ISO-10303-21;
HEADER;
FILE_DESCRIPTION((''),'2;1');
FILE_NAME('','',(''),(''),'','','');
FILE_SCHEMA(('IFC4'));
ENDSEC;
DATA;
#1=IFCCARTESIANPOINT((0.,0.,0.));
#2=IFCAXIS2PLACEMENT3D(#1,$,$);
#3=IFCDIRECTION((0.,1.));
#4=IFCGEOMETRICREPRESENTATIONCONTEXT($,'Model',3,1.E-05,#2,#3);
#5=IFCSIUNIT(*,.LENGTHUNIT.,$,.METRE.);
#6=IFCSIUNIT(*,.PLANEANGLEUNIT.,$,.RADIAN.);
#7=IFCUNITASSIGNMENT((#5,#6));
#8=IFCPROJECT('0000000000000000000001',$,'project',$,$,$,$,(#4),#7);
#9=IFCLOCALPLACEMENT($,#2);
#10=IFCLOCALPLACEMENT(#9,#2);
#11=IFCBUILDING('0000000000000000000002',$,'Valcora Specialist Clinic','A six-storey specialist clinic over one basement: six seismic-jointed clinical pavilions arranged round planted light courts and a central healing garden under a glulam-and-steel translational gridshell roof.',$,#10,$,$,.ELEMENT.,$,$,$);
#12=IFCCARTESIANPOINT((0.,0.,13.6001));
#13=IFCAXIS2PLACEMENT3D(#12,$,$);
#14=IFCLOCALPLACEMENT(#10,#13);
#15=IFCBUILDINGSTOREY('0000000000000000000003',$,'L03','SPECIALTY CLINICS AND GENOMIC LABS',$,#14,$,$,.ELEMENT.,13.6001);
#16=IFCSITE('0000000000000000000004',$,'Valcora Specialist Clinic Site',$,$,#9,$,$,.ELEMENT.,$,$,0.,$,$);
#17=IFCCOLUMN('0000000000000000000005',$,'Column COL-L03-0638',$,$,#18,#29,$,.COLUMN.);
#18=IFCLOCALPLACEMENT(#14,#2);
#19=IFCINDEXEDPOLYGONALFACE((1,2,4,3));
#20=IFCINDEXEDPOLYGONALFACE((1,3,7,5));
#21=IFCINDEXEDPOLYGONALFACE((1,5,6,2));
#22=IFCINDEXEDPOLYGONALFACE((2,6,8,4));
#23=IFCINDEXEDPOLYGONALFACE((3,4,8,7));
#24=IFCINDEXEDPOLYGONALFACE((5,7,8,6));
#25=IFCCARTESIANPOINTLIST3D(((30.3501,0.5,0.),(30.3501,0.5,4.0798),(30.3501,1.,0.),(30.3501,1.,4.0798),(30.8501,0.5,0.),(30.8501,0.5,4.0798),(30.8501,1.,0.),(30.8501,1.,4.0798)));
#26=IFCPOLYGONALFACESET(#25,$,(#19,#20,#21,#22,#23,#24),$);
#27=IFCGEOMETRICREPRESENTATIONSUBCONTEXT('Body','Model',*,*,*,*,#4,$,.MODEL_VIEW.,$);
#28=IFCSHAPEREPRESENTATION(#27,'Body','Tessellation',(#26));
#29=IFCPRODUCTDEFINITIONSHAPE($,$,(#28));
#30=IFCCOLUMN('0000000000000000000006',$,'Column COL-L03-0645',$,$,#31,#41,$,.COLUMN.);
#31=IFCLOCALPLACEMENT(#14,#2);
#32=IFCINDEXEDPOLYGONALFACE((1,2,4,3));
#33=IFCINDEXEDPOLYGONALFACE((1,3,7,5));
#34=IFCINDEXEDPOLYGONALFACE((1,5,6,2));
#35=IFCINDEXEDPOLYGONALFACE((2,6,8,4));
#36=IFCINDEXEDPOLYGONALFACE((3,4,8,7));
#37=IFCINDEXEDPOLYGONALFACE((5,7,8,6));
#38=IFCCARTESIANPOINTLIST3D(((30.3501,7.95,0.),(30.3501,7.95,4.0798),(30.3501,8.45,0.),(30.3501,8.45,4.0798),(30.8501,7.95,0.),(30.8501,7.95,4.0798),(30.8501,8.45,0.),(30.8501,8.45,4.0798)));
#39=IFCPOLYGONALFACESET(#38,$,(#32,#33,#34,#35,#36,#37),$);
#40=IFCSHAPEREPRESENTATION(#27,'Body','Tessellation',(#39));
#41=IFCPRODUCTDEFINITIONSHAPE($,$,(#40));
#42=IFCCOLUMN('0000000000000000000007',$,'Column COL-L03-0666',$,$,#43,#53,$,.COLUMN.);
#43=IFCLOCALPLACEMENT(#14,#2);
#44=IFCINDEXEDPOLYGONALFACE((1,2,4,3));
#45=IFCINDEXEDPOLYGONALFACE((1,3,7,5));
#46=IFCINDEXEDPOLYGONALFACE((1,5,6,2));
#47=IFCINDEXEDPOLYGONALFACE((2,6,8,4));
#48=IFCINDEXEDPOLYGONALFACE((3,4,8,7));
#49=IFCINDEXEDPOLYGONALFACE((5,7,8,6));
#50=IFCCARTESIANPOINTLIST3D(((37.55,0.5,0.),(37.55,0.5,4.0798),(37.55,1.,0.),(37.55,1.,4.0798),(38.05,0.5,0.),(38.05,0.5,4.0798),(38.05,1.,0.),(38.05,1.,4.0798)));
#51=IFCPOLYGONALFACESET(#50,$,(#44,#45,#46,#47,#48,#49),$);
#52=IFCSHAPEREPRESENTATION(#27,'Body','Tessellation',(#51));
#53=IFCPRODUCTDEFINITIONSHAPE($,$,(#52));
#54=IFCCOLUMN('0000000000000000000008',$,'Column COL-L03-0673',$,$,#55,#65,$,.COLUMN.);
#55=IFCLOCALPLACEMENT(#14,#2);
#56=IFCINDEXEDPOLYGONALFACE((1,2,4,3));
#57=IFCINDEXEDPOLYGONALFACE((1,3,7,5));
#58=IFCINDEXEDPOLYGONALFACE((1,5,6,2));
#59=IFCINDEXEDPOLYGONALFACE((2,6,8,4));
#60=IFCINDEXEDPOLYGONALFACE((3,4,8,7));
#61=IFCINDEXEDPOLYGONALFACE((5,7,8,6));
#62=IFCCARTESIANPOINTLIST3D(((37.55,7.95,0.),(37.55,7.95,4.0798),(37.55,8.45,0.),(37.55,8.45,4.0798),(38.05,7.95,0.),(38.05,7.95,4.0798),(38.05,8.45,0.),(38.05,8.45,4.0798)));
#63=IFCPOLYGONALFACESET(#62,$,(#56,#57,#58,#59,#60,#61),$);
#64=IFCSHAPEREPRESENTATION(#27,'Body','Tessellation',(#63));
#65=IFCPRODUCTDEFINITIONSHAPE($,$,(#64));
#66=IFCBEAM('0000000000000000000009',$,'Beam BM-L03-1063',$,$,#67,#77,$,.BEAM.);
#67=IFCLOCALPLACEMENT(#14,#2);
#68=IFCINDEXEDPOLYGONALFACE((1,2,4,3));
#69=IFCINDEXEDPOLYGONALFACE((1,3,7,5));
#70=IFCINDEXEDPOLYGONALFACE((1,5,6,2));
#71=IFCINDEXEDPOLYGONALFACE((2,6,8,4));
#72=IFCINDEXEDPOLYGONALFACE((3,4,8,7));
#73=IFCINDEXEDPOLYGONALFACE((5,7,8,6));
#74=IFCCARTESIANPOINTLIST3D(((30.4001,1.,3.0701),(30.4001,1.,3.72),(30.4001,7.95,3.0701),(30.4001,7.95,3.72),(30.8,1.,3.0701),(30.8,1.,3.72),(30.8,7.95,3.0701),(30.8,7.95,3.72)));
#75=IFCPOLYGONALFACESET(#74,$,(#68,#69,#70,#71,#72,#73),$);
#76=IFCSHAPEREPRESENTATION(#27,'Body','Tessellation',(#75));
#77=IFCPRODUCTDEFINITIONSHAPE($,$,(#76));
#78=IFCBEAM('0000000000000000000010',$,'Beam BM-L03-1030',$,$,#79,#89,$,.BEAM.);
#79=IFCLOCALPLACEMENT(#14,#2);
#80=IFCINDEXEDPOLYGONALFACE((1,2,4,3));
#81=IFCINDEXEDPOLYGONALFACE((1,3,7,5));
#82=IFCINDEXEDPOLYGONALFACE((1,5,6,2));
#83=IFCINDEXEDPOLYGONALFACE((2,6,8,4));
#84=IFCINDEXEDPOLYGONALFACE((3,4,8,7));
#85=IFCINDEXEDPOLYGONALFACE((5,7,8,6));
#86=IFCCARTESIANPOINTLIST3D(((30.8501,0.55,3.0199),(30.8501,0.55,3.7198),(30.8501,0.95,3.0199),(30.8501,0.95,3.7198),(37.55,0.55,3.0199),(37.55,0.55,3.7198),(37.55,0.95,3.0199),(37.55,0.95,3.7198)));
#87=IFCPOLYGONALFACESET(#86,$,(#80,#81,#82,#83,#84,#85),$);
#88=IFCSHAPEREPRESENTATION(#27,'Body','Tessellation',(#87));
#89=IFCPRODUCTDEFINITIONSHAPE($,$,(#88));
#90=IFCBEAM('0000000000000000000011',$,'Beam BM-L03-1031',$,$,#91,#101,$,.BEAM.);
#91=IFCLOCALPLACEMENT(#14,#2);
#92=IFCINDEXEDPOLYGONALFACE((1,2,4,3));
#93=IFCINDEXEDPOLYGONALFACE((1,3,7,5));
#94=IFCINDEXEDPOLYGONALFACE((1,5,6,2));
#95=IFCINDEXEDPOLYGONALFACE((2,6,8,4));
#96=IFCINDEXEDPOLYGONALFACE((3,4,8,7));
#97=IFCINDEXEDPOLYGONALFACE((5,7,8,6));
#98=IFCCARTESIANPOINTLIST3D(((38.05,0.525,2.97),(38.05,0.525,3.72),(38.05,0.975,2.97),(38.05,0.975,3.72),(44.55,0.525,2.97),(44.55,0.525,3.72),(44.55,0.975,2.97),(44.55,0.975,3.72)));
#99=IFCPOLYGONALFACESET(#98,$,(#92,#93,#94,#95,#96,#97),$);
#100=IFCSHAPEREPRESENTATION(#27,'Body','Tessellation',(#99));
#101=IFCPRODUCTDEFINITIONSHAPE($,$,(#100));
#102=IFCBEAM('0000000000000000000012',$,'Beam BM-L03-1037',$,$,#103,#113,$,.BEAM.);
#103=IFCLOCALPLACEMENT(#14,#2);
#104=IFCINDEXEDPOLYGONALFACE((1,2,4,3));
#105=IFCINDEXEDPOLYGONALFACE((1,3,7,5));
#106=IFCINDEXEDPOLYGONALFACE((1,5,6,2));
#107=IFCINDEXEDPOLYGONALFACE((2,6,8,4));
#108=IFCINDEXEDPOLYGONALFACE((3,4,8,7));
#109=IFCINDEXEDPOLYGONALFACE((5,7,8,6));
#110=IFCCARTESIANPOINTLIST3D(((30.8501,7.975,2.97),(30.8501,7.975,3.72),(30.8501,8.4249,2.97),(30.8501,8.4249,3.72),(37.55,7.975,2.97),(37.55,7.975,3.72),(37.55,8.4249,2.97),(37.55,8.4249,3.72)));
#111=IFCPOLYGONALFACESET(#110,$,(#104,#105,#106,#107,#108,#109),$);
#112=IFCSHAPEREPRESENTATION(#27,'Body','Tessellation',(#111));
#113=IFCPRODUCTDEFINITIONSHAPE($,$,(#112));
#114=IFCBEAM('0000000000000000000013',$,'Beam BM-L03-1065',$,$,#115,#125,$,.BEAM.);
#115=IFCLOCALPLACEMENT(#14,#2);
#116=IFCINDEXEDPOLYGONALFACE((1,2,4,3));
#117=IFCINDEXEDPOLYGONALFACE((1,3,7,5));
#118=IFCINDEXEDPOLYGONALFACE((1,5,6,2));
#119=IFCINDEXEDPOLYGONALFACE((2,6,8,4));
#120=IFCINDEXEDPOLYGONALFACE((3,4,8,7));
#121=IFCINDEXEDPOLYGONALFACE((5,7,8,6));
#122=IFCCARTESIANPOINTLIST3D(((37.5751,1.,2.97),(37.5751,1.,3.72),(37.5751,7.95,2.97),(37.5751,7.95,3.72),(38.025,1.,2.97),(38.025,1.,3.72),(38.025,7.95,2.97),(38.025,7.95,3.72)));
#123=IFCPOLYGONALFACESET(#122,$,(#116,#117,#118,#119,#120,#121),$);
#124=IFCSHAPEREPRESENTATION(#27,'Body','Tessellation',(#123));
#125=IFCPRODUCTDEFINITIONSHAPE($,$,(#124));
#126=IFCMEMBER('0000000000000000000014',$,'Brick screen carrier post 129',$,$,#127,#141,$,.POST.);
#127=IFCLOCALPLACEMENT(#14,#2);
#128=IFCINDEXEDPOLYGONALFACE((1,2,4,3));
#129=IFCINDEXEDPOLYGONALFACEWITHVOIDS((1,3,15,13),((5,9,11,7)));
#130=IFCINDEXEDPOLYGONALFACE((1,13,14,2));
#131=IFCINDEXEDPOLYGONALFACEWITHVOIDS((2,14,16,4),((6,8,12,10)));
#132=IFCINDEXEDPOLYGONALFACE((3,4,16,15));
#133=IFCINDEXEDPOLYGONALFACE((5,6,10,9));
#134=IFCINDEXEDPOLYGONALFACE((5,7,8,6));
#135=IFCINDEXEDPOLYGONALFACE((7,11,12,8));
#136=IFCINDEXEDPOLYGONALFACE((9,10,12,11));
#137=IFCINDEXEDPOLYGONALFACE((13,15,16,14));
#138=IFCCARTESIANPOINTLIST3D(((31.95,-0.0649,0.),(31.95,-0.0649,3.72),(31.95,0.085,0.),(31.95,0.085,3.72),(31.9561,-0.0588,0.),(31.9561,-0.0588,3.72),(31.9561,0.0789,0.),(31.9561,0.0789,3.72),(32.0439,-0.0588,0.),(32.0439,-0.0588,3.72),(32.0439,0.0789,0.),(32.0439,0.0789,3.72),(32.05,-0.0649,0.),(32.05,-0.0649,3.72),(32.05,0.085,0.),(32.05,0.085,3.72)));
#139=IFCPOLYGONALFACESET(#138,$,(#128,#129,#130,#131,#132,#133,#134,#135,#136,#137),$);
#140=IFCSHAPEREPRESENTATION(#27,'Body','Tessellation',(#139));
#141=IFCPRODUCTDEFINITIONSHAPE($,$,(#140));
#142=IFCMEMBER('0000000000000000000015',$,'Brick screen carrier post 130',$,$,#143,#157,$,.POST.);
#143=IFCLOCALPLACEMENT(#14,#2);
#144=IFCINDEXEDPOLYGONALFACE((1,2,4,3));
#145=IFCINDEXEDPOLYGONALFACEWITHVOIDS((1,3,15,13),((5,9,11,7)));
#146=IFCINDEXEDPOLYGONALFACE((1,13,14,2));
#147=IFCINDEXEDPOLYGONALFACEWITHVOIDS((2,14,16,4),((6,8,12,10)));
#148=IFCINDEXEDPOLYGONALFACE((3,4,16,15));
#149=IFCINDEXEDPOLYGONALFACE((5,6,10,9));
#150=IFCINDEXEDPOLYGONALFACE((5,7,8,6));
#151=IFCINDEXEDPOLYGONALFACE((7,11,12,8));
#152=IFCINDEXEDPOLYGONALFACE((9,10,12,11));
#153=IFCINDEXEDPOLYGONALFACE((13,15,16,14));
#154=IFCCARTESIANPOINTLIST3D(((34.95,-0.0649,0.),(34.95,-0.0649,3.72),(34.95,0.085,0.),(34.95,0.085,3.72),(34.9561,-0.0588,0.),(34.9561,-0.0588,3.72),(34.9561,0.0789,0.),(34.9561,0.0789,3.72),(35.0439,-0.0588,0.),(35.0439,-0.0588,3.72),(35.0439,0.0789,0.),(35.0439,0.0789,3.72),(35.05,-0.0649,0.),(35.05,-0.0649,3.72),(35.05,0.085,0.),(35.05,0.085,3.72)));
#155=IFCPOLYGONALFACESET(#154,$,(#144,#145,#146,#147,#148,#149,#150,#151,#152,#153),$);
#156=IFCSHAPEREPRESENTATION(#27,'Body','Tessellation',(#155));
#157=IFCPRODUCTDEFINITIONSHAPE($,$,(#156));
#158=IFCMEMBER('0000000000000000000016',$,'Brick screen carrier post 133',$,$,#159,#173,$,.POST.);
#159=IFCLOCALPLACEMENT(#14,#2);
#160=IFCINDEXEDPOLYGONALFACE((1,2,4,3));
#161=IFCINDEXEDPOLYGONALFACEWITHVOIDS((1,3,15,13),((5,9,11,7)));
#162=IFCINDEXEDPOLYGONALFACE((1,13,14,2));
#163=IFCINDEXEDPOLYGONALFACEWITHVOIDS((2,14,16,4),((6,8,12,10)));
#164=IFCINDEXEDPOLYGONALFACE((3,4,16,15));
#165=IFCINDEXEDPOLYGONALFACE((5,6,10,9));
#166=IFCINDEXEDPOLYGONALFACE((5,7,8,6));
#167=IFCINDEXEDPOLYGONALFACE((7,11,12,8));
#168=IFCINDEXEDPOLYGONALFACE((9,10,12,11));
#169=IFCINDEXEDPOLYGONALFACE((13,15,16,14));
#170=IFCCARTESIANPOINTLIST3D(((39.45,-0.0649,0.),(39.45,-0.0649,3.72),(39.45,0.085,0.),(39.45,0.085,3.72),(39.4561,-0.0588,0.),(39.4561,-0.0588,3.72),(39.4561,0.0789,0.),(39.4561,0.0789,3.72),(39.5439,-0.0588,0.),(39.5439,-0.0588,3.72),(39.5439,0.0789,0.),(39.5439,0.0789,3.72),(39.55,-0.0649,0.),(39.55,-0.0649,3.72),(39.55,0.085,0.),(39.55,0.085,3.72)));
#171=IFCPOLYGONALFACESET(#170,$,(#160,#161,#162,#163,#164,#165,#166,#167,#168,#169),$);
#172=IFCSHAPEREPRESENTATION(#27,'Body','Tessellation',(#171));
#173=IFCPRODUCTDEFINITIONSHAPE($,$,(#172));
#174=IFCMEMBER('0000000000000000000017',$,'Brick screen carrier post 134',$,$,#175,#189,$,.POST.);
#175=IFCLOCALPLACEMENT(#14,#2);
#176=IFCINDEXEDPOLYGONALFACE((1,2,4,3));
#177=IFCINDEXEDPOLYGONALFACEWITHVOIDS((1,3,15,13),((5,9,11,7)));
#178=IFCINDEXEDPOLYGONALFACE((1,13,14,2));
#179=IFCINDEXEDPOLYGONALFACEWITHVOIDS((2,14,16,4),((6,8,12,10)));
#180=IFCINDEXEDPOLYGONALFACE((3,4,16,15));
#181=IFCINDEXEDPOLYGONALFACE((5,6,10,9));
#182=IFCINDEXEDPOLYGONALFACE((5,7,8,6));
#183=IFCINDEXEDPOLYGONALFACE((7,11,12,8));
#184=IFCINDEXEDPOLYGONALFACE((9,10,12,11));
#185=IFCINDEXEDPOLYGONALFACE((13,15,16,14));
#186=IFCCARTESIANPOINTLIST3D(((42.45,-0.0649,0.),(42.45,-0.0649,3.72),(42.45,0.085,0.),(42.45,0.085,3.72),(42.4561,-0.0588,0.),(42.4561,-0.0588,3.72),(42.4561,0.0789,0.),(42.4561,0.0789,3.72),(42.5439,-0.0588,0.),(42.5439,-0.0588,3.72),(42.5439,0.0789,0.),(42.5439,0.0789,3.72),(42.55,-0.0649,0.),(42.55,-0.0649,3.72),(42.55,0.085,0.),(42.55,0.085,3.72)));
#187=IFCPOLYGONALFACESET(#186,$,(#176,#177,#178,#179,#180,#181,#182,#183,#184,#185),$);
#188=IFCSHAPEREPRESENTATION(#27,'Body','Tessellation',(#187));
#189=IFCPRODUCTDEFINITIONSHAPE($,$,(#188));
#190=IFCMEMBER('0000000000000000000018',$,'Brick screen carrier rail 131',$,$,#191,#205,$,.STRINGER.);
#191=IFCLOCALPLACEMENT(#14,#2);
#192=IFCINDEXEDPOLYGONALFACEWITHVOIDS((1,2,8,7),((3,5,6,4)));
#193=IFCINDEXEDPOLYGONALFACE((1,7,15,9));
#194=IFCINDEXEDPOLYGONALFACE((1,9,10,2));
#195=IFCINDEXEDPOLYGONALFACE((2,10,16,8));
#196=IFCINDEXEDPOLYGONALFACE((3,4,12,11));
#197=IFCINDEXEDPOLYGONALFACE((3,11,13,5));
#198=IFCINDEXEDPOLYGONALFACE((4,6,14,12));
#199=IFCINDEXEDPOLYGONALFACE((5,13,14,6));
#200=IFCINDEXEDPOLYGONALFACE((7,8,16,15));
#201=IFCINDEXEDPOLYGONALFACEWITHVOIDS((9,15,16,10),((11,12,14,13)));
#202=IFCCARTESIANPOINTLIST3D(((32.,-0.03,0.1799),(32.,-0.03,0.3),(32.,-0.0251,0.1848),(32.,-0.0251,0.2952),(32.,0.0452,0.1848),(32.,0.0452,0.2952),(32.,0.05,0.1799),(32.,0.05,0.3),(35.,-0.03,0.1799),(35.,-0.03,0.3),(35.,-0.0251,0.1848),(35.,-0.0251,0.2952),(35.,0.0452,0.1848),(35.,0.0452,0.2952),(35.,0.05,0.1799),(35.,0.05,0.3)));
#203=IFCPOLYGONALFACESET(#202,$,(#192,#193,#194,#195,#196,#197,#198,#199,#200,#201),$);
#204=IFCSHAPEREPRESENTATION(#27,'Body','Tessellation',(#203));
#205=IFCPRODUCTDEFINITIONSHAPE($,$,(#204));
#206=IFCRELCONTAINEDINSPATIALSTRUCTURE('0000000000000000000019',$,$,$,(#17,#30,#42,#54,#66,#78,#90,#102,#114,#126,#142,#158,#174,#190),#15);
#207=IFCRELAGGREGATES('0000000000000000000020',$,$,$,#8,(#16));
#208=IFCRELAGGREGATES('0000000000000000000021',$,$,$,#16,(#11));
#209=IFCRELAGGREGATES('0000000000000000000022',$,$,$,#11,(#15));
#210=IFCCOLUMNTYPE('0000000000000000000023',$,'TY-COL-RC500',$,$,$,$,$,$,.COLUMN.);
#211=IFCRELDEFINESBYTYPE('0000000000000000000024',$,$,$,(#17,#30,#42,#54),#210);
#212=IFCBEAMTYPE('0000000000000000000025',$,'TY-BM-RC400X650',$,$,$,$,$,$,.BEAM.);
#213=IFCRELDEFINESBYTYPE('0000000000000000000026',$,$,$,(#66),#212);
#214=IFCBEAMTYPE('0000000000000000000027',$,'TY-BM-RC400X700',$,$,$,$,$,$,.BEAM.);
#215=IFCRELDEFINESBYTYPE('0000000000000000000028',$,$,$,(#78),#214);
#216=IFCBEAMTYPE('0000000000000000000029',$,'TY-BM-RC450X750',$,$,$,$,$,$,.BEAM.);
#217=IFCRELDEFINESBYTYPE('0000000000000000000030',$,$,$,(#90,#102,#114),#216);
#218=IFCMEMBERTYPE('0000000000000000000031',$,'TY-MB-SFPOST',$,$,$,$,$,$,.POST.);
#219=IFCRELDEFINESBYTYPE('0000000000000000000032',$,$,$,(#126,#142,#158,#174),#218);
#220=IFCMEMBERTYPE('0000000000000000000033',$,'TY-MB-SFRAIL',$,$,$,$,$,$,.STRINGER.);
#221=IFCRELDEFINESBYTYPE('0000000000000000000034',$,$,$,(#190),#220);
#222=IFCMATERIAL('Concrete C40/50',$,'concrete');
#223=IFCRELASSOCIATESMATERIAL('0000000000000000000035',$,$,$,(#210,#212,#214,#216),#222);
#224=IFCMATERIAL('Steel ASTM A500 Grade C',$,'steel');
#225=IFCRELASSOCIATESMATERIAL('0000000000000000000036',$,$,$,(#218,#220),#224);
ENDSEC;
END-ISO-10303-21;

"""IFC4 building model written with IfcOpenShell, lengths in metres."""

from ifc_helpers import new_model, si_unit, direction, frame, origin, origin_2d, place, context, subcontext, project, spatial, rectangle, hollow_rectangle, extrude, material, material_profile, profile_set, type_object, element, save


model = new_model("IFC4")

# Units and contexts
model_context = context("Model", 3, precision=1e-05, world=origin(), true_north=direction((0.0, 1.0)))
body_context = subcontext(model_context, "Body", "Model", "MODEL_VIEW")
ifc_project = project(units=[si_unit("LENGTHUNIT", "METRE"), si_unit("PLANEANGLEUNIT", "RADIAN")], contexts=[model_context])

# Site, building, storey
site_placement = place(None, origin())
site = spatial("IfcSite", under=ifc_project, at=site_placement, Name="Valcora Specialist Clinic Site", CompositionType="ELEMENT", RefElevation=0.0)
building_placement = place(site_placement, origin())
building = spatial("IfcBuilding", under=site, at=building_placement, Name="Valcora Specialist Clinic", Description="A six-storey specialist clinic over one basement: six seismic-jointed clinical pavilions arranged round planted light courts and a central healing garden under a glulam-and-steel translational gridshell roof.", CompositionType="ELEMENT")
storey_placement = place(building_placement, frame((0.0, 0.0, 13.6001)))
storey = spatial("IfcBuildingStorey", under=building, at=storey_placement, Name="L03", Description="SPECIALTY CLINICS AND GENOMIC LABS", CompositionType="ELEMENT", Elevation=13.6001)

# Columns
ifc_material_1 = material(Name="Concrete C40/50", Category="concrete")
ifc_material_profile_1 = material_profile(ifc_material_1, rectangle(XDim=0.5, YDim=0.5, at=origin_2d()), Name="RC-COL-500X500")
ifc_profile_set_1 = profile_set([ifc_material_profile_1], Name="Concrete C40/50")
column_type = type_object("IfcColumnType", Name="TY-COL-RC500", PredefinedType="COLUMN", material=ifc_profile_set_1)
for number, where, z_axis, x_axis, name in (
    (1, (30.6001, 0.75, 0.0), (0.0, 0.0, 1.0), (1.0, 0.0, 0.0), "Column COL-L03-0638"),
    (2, (30.6001, 8.2, 0.0), (0.0, 0.0, 1.0), (1.0, 0.0, 0.0), "Column COL-L03-0645"),
    (3, (37.8, 0.75, 0.0), (0.0, 0.0, 1.0), (1.0, 0.0, 0.0), "Column COL-L03-0666"),
    (4, (37.8, 8.2, 0.0), (0.0, 0.0, 1.0), (1.0, 0.0, 0.0), "Column COL-L03-0673"),
):
    element("IfcColumn", number, at=place(storey_placement, frame(where, z_axis=z_axis, x_axis=x_axis)), inside=storey, type_object=column_type, Name=name, PredefinedType="COLUMN", context=body_context, shape_type="SweptSolid", body=[
        extrude(rectangle(XDim=0.5, YDim=0.5, at=origin_2d()), origin(), (0.0, 0.0, 1.0), 4.0798),
    ])

# Beams
ifc_material_profile_2 = material_profile(ifc_material_1, rectangle(XDim=0.3999, YDim=0.6499, at=origin_2d()), Name="RC-BM-400X650")
ifc_profile_set_2 = profile_set([ifc_material_profile_2], Name="Concrete C40/50")
beam_type_1 = type_object("IfcBeamType", Name="TY-BM-RC400X650", PredefinedType="BEAM", material=ifc_profile_set_2)
beam_1_placement = place(storey_placement, frame((30.6001, 1.0, 3.395), z_axis=(0.0, 1.0, 0.0), x_axis=(-1.0, 0.0, 0.0)))
element("IfcBeam", 5, at=beam_1_placement, inside=storey, type_object=beam_type_1, Name="Beam BM-L03-1063", PredefinedType="BEAM", context=body_context, shape_type="SweptSolid", body=[
    extrude(rectangle(XDim=0.3999, YDim=0.6499, at=origin_2d()), origin(), (0.0, 0.0, 1.0), 6.95),
])
ifc_material_profile_3 = material_profile(ifc_material_1, rectangle(XDim=0.3999, YDim=0.7, at=origin_2d()), Name="RC-BM-400X700")
ifc_profile_set_3 = profile_set([ifc_material_profile_3], Name="Concrete C40/50")
beam_type_2 = type_object("IfcBeamType", Name="TY-BM-RC400X700", PredefinedType="BEAM", material=ifc_profile_set_3)
beam_2_placement = place(storey_placement, frame((30.8501, 0.75, 3.3699), z_axis=(1.0, 0.0, 0.0), x_axis=(0.0, 1.0, 0.0)))
element("IfcBeam", 6, at=beam_2_placement, inside=storey, type_object=beam_type_2, Name="Beam BM-L03-1030", PredefinedType="BEAM", context=body_context, shape_type="SweptSolid", body=[
    extrude(rectangle(XDim=0.3999, YDim=0.7, at=origin_2d()), origin(), (0.0, 0.0, 1.0), 6.7),
])
ifc_material_profile_4 = material_profile(ifc_material_1, rectangle(XDim=0.45, YDim=0.75, at=origin_2d()), Name="RC-BM-450X750")
ifc_profile_set_4 = profile_set([ifc_material_profile_4], Name="Concrete C40/50")
beam_type_3 = type_object("IfcBeamType", Name="TY-BM-RC450X750", PredefinedType="BEAM", material=ifc_profile_set_4)
beam_3_placement = place(storey_placement, frame((38.05, 0.75, 3.345), z_axis=(1.0, 0.0, 0.0), x_axis=(0.0, 1.0, 0.0)))
element("IfcBeam", 7, at=beam_3_placement, inside=storey, type_object=beam_type_3, Name="Beam BM-L03-1031", PredefinedType="BEAM", context=body_context, shape_type="SweptSolid", body=[
    extrude(rectangle(XDim=0.45, YDim=0.75, at=origin_2d()), origin(), (0.0, 0.0, 1.0), 6.5),
])
beam_4_placement = place(storey_placement, frame((30.8501, 8.2, 3.345), z_axis=(1.0, 0.0, 0.0), x_axis=(0.0, 1.0, 0.0)))
element("IfcBeam", 8, at=beam_4_placement, inside=storey, type_object=beam_type_3, Name="Beam BM-L03-1037", PredefinedType="BEAM", context=body_context, shape_type="SweptSolid", body=[
    extrude(rectangle(XDim=0.45, YDim=0.75, at=origin_2d()), origin(), (0.0, 0.0, 1.0), 6.7),
])
beam_5_placement = place(storey_placement, frame((37.8, 1.0, 3.345), z_axis=(0.0, 1.0, 0.0), x_axis=(-1.0, 0.0, 0.0)))
element("IfcBeam", 9, at=beam_5_placement, inside=storey, type_object=beam_type_3, Name="Beam BM-L03-1065", PredefinedType="BEAM", context=body_context, shape_type="SweptSolid", body=[
    extrude(rectangle(XDim=0.45, YDim=0.75, at=origin_2d()), origin(), (0.0, 0.0, 1.0), 6.95),
])

# Members
ifc_material_2 = material(Name="Steel ASTM A500 Grade C", Category="steel")
ifc_material_profile_5 = material_profile(ifc_material_2, hollow_rectangle(XDim=0.1001, YDim=0.1499, WallThickness=0.0061, at=origin_2d()), Name="ST-RHS-150X100X6")
ifc_profile_set_5 = profile_set([ifc_material_profile_5], Name="Steel ASTM A500 Grade C")
member_type_1 = type_object("IfcMemberType", Name="TY-MB-SFPOST", PredefinedType="POST", material=ifc_profile_set_5)
for number, where, z_axis, x_axis, name in (
    (10, (32.0, 0.01, 0.0), (0.0, 0.0, 1.0), (1.0, 0.0, 0.0), "Brick screen carrier post 129"),
    (11, (35.0, 0.01, 0.0), (0.0, 0.0, 1.0), (1.0, 0.0, 0.0), "Brick screen carrier post 130"),
    (12, (39.5, 0.01, 0.0), (0.0, 0.0, 1.0), (1.0, 0.0, 0.0), "Brick screen carrier post 133"),
    (13, (42.5, 0.01, 0.0), (0.0, 0.0, 1.0), (1.0, 0.0, 0.0), "Brick screen carrier post 134"),
):
    element("IfcMember", number, at=place(storey_placement, frame(where, z_axis=z_axis, x_axis=x_axis)), inside=storey, type_object=member_type_1, Name=name, PredefinedType="POST", context=body_context, shape_type="SweptSolid", body=[
        extrude(hollow_rectangle(XDim=0.1001, YDim=0.1499, WallThickness=0.0061, at=origin_2d()), origin(), (0.0, 0.0, 1.0), 3.72),
    ])
ifc_material_profile_6 = material_profile(ifc_material_2, hollow_rectangle(XDim=0.0801, YDim=0.1201, WallThickness=0.0049, at=origin_2d()), Name="ST-RHS-120X80X5")
ifc_profile_set_6 = profile_set([ifc_material_profile_6], Name="Steel ASTM A500 Grade C")
member_type_2 = type_object("IfcMemberType", Name="TY-MB-SFRAIL", PredefinedType="STRINGER", material=ifc_profile_set_6)
for number, where, z_axis, x_axis, name in (
    (14, (32.0, 0.01, 0.24), (1.0, 0.0, 0.0), (0.0, 1.0, 0.0), "Brick screen carrier rail 131"),
):
    element("IfcMember", number, at=place(storey_placement, frame(where, z_axis=z_axis, x_axis=x_axis)), inside=storey, type_object=member_type_2, Name=name, PredefinedType="STRINGER", context=body_context, shape_type="SweptSolid", body=[
        extrude(hollow_rectangle(XDim=0.0801, YDim=0.1201, WallThickness=0.0049, at=origin_2d()), origin(), (0.0, 0.0, 1.0), 3.0),
    ])

save(model, "model.ifc")
